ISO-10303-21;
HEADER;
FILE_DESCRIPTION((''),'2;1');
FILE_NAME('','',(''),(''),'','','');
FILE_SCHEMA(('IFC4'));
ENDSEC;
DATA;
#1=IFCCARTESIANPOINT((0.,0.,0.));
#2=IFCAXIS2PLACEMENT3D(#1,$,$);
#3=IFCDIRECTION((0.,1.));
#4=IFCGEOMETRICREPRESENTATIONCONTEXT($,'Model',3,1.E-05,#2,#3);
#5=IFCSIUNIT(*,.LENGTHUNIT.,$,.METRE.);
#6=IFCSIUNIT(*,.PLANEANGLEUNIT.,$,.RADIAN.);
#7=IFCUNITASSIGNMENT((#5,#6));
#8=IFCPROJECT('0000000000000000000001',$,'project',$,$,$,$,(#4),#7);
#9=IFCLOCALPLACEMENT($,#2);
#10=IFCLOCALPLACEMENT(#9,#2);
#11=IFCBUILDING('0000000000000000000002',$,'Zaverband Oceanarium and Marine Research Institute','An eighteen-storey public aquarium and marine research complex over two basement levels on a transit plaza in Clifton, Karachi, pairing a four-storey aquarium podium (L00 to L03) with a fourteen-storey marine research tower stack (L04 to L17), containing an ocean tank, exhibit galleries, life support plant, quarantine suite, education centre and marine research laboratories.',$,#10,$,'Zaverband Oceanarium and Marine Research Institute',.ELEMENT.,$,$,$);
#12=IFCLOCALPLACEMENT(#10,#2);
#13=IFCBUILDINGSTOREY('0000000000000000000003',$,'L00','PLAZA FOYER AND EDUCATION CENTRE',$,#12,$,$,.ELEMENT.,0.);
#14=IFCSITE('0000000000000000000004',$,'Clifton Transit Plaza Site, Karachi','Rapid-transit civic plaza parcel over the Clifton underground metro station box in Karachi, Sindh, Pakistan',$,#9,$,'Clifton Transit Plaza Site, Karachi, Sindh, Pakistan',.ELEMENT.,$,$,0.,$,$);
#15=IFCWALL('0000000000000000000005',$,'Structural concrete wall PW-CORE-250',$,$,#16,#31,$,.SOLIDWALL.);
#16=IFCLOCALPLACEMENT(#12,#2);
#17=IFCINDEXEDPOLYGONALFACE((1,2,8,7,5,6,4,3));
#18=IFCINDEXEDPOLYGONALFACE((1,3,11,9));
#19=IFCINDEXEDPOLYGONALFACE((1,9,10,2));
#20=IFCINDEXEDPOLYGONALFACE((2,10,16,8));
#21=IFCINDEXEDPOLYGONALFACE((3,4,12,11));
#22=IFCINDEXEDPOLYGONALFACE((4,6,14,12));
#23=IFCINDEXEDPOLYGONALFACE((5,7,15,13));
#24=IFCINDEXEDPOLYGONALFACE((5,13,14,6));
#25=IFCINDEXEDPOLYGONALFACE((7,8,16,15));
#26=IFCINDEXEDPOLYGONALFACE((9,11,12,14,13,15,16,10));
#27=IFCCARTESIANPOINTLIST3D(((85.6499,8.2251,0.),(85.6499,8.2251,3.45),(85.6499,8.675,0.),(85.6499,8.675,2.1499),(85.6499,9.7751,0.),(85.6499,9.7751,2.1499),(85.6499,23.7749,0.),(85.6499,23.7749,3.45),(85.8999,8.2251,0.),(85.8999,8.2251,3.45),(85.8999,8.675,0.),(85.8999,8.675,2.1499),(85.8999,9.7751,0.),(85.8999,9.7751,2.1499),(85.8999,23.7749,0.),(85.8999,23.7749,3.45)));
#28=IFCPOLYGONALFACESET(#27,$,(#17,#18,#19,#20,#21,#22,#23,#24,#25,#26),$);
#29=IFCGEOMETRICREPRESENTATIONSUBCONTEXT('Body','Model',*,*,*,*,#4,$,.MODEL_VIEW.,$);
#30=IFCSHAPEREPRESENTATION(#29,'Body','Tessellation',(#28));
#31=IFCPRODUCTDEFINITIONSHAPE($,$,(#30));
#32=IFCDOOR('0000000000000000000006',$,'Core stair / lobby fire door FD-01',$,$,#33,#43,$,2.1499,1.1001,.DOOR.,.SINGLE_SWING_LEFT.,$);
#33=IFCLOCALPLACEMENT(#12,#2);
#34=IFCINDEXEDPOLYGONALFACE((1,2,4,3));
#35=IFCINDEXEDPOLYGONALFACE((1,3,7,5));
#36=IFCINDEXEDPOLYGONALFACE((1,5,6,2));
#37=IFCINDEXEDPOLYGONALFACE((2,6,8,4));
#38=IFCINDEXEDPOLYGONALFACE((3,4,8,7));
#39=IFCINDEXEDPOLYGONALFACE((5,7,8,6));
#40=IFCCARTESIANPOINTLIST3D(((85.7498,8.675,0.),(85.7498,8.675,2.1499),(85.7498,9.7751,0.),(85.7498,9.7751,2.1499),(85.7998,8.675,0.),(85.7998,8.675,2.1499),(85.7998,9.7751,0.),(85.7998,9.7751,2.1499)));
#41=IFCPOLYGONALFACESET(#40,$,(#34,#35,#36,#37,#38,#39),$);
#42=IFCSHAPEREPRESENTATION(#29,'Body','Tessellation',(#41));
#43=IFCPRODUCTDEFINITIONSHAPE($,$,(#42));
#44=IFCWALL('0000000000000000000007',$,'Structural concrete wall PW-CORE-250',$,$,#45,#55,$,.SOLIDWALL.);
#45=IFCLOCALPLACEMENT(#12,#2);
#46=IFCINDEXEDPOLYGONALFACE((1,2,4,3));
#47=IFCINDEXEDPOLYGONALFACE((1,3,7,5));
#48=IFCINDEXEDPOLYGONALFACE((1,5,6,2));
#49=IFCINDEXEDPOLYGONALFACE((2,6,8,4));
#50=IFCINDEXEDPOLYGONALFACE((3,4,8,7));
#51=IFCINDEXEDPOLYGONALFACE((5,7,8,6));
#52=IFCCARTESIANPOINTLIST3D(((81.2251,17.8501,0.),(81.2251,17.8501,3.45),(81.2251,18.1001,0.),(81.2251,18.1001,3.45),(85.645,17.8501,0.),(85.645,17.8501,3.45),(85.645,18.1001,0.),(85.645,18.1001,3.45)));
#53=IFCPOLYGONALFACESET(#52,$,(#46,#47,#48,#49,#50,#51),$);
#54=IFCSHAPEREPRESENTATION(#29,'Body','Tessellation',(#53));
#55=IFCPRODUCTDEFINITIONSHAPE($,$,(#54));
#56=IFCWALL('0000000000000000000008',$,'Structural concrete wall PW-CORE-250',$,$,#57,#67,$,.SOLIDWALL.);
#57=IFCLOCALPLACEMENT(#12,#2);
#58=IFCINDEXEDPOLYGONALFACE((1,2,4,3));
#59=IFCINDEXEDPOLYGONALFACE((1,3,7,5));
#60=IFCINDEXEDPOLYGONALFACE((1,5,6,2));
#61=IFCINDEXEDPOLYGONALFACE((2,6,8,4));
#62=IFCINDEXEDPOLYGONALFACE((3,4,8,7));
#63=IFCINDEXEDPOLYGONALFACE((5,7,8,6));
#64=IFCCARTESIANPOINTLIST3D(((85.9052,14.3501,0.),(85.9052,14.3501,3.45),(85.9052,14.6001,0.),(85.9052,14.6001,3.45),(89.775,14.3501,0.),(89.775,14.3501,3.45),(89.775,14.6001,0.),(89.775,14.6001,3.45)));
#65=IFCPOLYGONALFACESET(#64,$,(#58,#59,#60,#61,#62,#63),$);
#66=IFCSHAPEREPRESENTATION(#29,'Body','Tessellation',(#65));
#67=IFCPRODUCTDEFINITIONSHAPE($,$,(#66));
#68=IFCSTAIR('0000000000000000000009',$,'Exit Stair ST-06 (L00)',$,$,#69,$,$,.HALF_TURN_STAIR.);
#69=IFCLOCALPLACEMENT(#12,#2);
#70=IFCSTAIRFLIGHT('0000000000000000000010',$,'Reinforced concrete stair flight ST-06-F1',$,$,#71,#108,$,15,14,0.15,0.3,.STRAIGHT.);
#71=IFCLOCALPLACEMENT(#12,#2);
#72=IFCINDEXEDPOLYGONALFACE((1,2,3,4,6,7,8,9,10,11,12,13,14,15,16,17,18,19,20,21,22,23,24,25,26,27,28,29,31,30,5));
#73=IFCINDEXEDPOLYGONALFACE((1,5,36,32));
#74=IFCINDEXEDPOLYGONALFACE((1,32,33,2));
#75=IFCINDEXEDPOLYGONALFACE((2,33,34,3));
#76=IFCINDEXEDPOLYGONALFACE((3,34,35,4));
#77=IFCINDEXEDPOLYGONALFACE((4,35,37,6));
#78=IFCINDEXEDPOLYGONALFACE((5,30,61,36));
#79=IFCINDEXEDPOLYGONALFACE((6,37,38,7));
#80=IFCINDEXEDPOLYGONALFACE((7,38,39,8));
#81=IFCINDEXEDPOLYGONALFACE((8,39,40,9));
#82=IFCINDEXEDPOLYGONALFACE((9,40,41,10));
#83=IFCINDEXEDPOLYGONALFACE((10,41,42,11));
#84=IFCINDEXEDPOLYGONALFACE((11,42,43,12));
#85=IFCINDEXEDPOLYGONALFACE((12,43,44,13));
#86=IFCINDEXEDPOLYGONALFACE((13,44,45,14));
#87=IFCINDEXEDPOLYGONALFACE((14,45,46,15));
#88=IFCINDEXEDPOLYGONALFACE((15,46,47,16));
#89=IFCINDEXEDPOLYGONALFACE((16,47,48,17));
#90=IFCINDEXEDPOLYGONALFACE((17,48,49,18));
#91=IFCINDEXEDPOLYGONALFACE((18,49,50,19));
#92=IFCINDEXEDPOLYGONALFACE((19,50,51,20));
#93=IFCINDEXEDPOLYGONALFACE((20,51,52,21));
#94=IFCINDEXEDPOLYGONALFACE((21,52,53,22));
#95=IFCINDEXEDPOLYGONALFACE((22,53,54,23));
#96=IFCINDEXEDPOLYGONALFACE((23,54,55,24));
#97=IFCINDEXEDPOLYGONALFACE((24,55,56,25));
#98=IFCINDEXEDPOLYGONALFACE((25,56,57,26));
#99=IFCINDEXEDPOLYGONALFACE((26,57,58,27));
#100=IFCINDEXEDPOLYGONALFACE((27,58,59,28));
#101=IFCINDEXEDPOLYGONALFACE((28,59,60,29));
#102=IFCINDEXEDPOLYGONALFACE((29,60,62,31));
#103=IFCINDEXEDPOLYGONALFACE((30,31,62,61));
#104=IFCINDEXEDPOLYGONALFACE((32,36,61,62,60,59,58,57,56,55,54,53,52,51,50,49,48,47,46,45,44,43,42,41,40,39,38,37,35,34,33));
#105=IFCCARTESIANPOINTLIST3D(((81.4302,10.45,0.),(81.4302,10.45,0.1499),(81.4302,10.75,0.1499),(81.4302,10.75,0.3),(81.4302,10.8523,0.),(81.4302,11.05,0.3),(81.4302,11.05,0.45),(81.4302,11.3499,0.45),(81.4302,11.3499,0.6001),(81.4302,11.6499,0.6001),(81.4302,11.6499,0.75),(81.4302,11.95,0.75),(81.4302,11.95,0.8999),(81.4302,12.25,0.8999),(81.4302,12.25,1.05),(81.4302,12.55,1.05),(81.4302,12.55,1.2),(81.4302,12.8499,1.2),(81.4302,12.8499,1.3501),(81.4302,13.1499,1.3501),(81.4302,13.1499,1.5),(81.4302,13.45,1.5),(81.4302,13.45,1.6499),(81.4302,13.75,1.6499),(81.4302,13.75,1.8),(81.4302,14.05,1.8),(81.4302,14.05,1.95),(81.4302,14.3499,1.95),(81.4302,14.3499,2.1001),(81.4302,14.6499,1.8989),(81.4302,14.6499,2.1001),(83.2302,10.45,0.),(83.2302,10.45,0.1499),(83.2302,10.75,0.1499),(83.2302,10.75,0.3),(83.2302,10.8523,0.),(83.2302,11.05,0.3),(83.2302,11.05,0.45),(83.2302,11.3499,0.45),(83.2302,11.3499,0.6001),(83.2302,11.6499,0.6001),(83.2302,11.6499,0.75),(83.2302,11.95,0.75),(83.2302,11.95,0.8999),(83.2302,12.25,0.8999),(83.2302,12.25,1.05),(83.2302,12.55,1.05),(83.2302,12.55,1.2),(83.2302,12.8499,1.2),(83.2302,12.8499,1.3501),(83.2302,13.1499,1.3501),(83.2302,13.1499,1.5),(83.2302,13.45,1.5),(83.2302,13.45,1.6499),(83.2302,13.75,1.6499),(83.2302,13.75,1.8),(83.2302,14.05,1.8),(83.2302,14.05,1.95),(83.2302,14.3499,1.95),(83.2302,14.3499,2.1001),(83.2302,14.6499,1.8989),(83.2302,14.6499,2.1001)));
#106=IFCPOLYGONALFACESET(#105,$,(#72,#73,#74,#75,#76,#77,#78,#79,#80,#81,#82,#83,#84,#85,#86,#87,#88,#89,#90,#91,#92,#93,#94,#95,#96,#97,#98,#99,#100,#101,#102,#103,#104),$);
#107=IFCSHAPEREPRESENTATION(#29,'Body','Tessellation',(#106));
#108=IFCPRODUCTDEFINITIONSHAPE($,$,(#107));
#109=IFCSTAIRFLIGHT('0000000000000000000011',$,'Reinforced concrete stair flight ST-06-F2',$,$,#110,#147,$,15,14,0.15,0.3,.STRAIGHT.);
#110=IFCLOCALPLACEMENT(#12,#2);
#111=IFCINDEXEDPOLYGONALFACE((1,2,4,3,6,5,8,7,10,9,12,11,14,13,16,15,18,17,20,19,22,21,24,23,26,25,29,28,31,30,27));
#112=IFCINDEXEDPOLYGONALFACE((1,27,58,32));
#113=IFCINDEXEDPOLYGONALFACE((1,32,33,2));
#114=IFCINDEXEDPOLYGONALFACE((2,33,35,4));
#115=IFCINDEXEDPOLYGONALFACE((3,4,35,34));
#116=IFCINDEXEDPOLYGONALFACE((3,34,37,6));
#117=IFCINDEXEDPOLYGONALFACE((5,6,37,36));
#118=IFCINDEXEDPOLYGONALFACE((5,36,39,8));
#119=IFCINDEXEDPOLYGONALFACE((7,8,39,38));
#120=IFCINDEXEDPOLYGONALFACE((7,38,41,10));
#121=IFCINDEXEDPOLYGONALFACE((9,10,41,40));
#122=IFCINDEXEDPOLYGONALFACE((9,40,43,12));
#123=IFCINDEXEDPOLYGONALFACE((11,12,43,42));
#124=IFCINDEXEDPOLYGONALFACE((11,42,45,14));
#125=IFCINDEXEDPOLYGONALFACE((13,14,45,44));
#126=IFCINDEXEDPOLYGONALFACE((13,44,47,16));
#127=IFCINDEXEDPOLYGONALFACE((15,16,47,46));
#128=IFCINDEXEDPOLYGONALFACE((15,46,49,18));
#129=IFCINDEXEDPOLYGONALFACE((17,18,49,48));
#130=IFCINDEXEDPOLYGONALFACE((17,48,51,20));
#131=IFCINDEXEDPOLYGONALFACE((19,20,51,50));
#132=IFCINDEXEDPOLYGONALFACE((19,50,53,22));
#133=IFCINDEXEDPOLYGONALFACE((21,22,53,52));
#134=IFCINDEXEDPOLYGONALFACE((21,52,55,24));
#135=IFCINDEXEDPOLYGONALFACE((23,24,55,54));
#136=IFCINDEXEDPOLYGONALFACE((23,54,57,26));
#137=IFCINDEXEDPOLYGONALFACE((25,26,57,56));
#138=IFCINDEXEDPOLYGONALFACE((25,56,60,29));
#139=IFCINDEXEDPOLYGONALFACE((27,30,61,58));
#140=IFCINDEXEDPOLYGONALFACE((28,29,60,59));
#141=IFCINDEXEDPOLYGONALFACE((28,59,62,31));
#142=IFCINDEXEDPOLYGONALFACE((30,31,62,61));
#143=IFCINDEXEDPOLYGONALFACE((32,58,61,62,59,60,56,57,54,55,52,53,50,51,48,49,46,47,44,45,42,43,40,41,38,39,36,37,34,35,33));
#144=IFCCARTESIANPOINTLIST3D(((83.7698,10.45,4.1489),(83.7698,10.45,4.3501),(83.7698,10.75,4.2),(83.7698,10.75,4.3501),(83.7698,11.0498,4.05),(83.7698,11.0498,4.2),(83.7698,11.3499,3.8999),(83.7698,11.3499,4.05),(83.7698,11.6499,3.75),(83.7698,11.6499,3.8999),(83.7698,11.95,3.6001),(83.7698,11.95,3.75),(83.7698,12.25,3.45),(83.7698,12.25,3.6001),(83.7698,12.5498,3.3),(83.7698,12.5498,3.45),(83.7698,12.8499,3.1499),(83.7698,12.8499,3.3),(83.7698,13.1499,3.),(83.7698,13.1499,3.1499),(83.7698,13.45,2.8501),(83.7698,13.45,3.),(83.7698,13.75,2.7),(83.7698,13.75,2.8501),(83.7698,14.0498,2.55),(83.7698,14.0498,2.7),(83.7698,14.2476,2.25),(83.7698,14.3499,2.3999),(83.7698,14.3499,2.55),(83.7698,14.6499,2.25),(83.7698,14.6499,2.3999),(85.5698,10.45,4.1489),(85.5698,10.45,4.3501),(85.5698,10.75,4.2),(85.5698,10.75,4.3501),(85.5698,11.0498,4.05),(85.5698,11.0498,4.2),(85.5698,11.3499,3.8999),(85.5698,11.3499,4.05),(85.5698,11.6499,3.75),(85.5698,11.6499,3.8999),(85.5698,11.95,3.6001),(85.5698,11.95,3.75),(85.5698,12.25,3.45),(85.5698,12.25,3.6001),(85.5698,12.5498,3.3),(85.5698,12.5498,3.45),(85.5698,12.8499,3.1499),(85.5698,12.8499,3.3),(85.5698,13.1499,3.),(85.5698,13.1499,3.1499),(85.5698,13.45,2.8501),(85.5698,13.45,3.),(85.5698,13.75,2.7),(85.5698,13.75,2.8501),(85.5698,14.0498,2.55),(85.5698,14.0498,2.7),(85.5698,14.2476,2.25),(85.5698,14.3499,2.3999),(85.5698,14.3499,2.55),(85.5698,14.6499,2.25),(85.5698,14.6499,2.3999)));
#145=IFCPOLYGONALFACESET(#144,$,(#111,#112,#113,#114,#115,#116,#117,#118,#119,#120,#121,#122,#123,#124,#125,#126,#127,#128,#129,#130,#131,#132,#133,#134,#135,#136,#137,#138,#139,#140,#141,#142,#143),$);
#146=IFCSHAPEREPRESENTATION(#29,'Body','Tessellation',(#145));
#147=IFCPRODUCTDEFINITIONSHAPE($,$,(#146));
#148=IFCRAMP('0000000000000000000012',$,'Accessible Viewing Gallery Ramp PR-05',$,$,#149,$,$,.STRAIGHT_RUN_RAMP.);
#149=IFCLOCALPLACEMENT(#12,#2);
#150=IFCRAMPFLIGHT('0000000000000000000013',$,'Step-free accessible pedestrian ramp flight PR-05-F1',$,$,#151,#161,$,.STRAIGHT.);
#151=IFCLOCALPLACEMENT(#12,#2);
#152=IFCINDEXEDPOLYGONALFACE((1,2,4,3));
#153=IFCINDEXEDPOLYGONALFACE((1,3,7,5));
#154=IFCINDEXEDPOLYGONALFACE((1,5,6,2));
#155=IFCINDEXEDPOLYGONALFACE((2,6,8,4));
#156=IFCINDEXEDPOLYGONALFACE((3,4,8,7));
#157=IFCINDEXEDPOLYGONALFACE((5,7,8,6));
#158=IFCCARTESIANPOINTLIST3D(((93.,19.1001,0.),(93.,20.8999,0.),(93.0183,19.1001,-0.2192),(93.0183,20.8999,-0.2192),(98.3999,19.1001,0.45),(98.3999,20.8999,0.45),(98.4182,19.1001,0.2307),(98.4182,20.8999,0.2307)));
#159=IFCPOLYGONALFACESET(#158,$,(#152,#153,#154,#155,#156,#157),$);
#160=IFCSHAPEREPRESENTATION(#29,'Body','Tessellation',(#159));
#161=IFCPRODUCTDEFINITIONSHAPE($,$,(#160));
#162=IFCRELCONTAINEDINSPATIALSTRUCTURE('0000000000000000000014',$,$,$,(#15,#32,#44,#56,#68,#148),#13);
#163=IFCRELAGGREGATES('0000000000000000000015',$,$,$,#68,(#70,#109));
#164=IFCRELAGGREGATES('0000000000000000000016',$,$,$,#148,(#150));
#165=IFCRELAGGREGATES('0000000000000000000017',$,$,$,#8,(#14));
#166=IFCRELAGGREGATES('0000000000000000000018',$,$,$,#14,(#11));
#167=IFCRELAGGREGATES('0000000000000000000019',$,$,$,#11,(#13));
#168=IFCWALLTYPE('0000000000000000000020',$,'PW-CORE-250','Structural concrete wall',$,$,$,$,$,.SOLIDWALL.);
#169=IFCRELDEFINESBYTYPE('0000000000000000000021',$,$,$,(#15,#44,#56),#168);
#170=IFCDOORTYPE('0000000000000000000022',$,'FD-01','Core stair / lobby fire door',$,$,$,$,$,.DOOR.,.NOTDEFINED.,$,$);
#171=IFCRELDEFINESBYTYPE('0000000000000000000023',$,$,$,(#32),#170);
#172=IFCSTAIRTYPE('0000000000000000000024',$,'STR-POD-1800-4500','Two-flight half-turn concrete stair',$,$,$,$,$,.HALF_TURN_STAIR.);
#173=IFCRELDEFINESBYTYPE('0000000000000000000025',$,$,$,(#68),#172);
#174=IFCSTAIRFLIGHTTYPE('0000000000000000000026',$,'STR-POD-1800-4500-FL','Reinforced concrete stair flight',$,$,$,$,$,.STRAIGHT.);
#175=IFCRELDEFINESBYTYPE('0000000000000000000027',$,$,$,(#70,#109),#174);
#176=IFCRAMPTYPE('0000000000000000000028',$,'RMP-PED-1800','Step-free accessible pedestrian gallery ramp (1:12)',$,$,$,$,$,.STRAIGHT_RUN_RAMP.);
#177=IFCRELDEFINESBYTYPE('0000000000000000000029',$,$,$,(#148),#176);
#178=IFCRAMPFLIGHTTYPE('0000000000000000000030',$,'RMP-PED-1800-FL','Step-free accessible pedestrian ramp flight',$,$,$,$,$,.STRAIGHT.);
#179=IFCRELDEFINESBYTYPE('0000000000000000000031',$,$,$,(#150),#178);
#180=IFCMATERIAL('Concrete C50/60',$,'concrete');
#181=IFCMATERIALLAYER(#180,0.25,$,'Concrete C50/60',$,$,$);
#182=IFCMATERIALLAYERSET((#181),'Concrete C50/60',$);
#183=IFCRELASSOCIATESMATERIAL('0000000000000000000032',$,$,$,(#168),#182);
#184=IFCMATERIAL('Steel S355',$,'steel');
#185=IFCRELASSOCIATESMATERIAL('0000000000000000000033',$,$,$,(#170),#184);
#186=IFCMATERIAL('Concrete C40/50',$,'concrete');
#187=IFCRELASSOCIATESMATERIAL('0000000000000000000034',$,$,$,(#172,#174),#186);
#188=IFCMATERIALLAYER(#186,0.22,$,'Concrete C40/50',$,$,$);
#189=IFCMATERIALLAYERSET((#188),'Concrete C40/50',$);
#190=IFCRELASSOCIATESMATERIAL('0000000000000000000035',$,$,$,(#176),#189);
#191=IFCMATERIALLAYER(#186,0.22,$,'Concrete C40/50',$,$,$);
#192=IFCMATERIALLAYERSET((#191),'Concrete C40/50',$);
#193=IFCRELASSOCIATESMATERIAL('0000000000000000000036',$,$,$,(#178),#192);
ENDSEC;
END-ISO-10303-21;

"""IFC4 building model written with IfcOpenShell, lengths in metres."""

from ifc_helpers import new_model, si_unit, direction, frame, frame_2d, origin, place, context, subcontext, project, spatial, polyline, rectangle, outline, extrude, material, layer, layer_set, type_object, element, fill, aggregate, save


model = new_model("IFC4")

# Units and contexts
model_context = context("Model", 3, precision=1e-05, world=origin(), true_north=direction((0.0, 1.0)))
body_context = subcontext(model_context, "Body", "Model", "MODEL_VIEW")
ifc_project = project(units=[si_unit("LENGTHUNIT", "METRE"), si_unit("PLANEANGLEUNIT", "RADIAN")], contexts=[model_context])

# Site, building, storey
site_placement = place(None, origin())
site = spatial("IfcSite", under=ifc_project, at=site_placement, Name="Clifton Transit Plaza Site, Karachi", Description="Rapid-transit civic plaza parcel over the Clifton underground metro station box in Karachi, Sindh, Pakistan", LongName="Clifton Transit Plaza Site, Karachi, Sindh, Pakistan", CompositionType="ELEMENT", RefElevation=0.0)
building_placement = place(site_placement, origin())
building = spatial("IfcBuilding", under=site, at=building_placement, Name="Zaverband Oceanarium and Marine Research Institute", Description="An eighteen-storey public aquarium and marine research complex over two basement levels on a transit plaza in Clifton, Karachi, pairing a four-storey aquarium podium (L00 to L03) with a fourteen-storey marine research tower stack (L04 to L17), containing an ocean tank, exhibit galleries, life support plant, quarantine suite, education centre and marine research laboratories.", LongName="Zaverband Oceanarium and Marine Research Institute", CompositionType="ELEMENT")
storey_placement = place(building_placement, origin())
storey = spatial("IfcBuildingStorey", under=building, at=storey_placement, Name="L00", Description="PLAZA FOYER AND EDUCATION CENTRE", CompositionType="ELEMENT", Elevation=0.0)

# Shared definitions
ifc_material_1 = material(Name="Concrete C50/60", Category="concrete")

# Shared definitions
ifc_material_2 = material(Name="Concrete C40/50", Category="concrete")

# Wall, opening, door
ifc_layer_1 = layer(ifc_material_1, 0.25, Name="Concrete C50/60")
ifc_layer_set_1 = layer_set([ifc_layer_1], Name="Concrete C50/60")
wall_type_1 = type_object("IfcWallType", Name="PW-CORE-250", Description="Structural concrete wall", PredefinedType="SOLIDWALL", material=ifc_layer_set_1)
wall_1_placement = place(storey_placement, frame((85.7749, 8.2251, 0.0), z_axis=(0.0, 0.0, 1.0), x_axis=(0.0, 1.0, 0.0)))
wall_1 = element("IfcWall", 1, at=wall_1_placement, inside=storey, type_object=wall_type_1, Name="Structural concrete wall PW-CORE-250", PredefinedType="SOLIDWALL", context=body_context, shape_type="SweptSolid", body=[
    extrude(rectangle(XDim=15.5498, YDim=0.25, at=frame_2d((7.7749, 0.0))), origin(), (0.0, 0.0, 1.0), 3.45),
])
opening_placement = place(wall_1_placement, frame((0.45, 0.0, 0.0)))
opening = element("IfcOpeningElement", 2, at=opening_placement, cuts=wall_1, PredefinedType="OPENING", context=body_context, shape_type="SweptSolid", body=[
    extrude(rectangle(XDim=1.1001, YDim=2.1499, at=frame_2d((0.55, 1.075))), frame((0.0, 0.137, 0.0), z_axis=(0.0, -1.0, 0.0), x_axis=(1.0, 0.0, 0.0)), (0.0, 0.0, 1.0), 0.2739),
])
ifc_material_3 = material(Name="Steel S355", Category="steel")
door_type = type_object("IfcDoorType", Name="FD-01", Description="Core stair / lobby fire door", OperationType="NOTDEFINED", PredefinedType="DOOR", material=ifc_material_3)
door_placement = place(opening_placement, frame((1.1001, 0.0, 0.0), z_axis=(0.0, 0.0, 1.0), x_axis=(-1.0, 0.0, 0.0)))
door = element("IfcDoor", 3, at=door_placement, inside=storey, type_object=door_type, Name="Core stair / lobby fire door FD-01", OperationType="SINGLE_SWING_LEFT", OverallHeight=2.1499, OverallWidth=1.1001, PredefinedType="DOOR", context=body_context, shape_type="SweptSolid", body=[
    extrude(rectangle(XDim=1.1001, YDim=2.1499, at=frame_2d((0.55, 1.075))), frame((0.0, 0.0249, 0.0), z_axis=(0.0, -1.0, 0.0), x_axis=(1.0, 0.0, 0.0)), (0.0, 0.0, 1.0), 0.05),
])
fill(opening, door)

# Walls
wall_2_placement = place(storey_placement, frame((81.2251, 17.9751, 0.0), z_axis=(0.0, 0.0, 1.0), x_axis=(1.0, 0.0, 0.0)))
element("IfcWall", 4, at=wall_2_placement, inside=storey, type_object=wall_type_1, Name="Structural concrete wall PW-CORE-250", PredefinedType="SOLIDWALL", context=body_context, shape_type="SweptSolid", body=[
    extrude(rectangle(XDim=4.4199, YDim=0.25, at=frame_2d((2.21, 0.0))), origin(), (0.0, 0.0, 1.0), 3.45),
])
wall_3_placement = place(storey_placement, frame((85.905, 14.4751, 0.0), z_axis=(0.0, 0.0, 1.0), x_axis=(1.0, 0.0, 0.0)))
element("IfcWall", 5, at=wall_3_placement, inside=storey, type_object=wall_type_1, Name="Structural concrete wall PW-CORE-250", PredefinedType="SOLIDWALL", context=body_context, shape_type="SweptSolid", body=[
    extrude(rectangle(XDim=3.8699, YDim=0.25, at=frame_2d((1.9351, 0.0))), origin(), (0.0, 0.0, 1.0), 3.45),
])

# Stair, stair flights
stair_type = type_object("IfcStairType", Name="STR-POD-1800-4500", Description="Two-flight half-turn concrete stair", PredefinedType="HALF_TURN_STAIR", material=ifc_material_2)
stair_placement = place(storey_placement, origin())
stair = element("IfcStair", 6, at=stair_placement, inside=storey, type_object=stair_type, Name="Exit Stair ST-06 (L00)", PredefinedType="HALF_TURN_STAIR")
stair_flight_type = type_object("IfcStairFlightType", Name="STR-POD-1800-4500-FL", Description="Reinforced concrete stair flight", PredefinedType="STRAIGHT", material=ifc_material_2)
stair_flight_1_placement = place(storey_placement, frame((82.3301, 10.45, 0.0), z_axis=(0.0, 0.0, 1.0), x_axis=(0.0, 1.0, 0.0)))
stair_flight_1 = element("IfcStairFlight", 7, at=stair_flight_1_placement, type_object=stair_flight_type, Name="Reinforced concrete stair flight ST-06-F1", NumberOfRisers=15, NumberOfTreads=14, PredefinedType="STRAIGHT", RiserHeight=0.15, TreadLength=0.3, context=body_context, shape_type="SweptSolid", body=[
    extrude(outline(polyline([(0.0, 0.0), (0.0, 0.1499), (0.3, 0.1499), (0.3, 0.3), (0.6001, 0.3), (0.6001, 0.45), (0.8999, 0.45), (0.8999, 0.6001), (1.2, 0.6001), (1.2, 0.75), (1.5, 0.75), (1.5, 0.8999), (1.8, 0.8999), (1.8, 1.05), (2.1001, 1.05), (2.1001, 1.2), (2.3999, 1.2), (2.3999, 1.3501), (2.7, 1.3501), (2.7, 1.5), (3.0, 1.5), (3.0, 1.6499), (3.3, 1.6499), (3.3, 1.8), (3.6001, 1.8), (3.6001, 1.95), (3.8999, 1.95), (3.8999, 2.1001), (4.2, 2.1001), (4.2, 2.25), (4.2, 1.8989), (0.4023, 0.0), (0.0, 0.0)])), frame((0.0, 0.8999, 0.0), z_axis=(0.0, -1.0, 0.0), x_axis=(1.0, 0.0, 0.0)), (0.0, 0.0, 1.0), 1.8),
])
stair_flight_2_placement = place(storey_placement, frame((84.6699, 14.6499, 2.25), z_axis=(0.0, 0.0, 1.0), x_axis=(0.0, -1.0, 0.0)))
stair_flight_2 = element("IfcStairFlight", 8, at=stair_flight_2_placement, type_object=stair_flight_type, Name="Reinforced concrete stair flight ST-06-F2", NumberOfRisers=15, NumberOfTreads=14, PredefinedType="STRAIGHT", RiserHeight=0.15, TreadLength=0.3, context=body_context, shape_type="SweptSolid", body=[
    extrude(outline(polyline([(0.0, 0.0), (0.0, 0.1499), (0.3, 0.1499), (0.3, 0.3), (0.6001, 0.3), (0.6001, 0.45), (0.8999, 0.45), (0.8999, 0.6001), (1.2, 0.6001), (1.2, 0.75), (1.5, 0.75), (1.5, 0.8999), (1.8, 0.8999), (1.8, 1.05), (2.1001, 1.05), (2.1001, 1.2), (2.3999, 1.2), (2.3999, 1.3501), (2.7, 1.3501), (2.7, 1.5), (3.0, 1.5), (3.0, 1.6499), (3.3, 1.6499), (3.3, 1.8), (3.6001, 1.8), (3.6001, 1.95), (3.8999, 1.95), (3.8999, 2.1001), (4.2, 2.1001), (4.2, 2.25), (4.2, 1.8989), (0.4023, 0.0), (0.0, 0.0)])), frame((0.0, 0.8999, 0.0), z_axis=(0.0, -1.0, 0.0), x_axis=(1.0, 0.0, 0.0)), (0.0, 0.0, 1.0), 1.8),
])
aggregate(stair, [stair_flight_1, stair_flight_2])

# Ramp, ramp flight
ifc_layer_2 = layer(ifc_material_2, 0.22, Name="Concrete C40/50")
ifc_layer_set_2 = layer_set([ifc_layer_2], Name="Concrete C40/50")
ramp_type = type_object("IfcRampType", Name="RMP-PED-1800", Description="Step-free accessible pedestrian gallery ramp (1:12)", PredefinedType="STRAIGHT_RUN_RAMP", material=ifc_layer_set_2)
ramp_placement = place(storey_placement, origin())
ramp = element("IfcRamp", 9, at=ramp_placement, inside=storey, type_object=ramp_type, Name="Accessible Viewing Gallery Ramp PR-05", PredefinedType="STRAIGHT_RUN_RAMP")
ifc_layer_3 = layer(ifc_material_2, 0.22, Name="Concrete C40/50")
ifc_layer_set_3 = layer_set([ifc_layer_3], Name="Concrete C40/50")
ramp_flight_type = type_object("IfcRampFlightType", Name="RMP-PED-1800-FL", Description="Step-free accessible pedestrian ramp flight", PredefinedType="STRAIGHT", material=ifc_layer_set_3)
ramp_flight_placement = place(storey_placement, frame((93.0, 19.1001, 0.0), z_axis=(-0.083038, 0.0, 0.996546), x_axis=(0.0, 1.0, 0.0)))
ramp_flight = element("IfcRampFlight", 10, at=ramp_flight_placement, type_object=ramp_flight_type, Name="Step-free accessible pedestrian ramp flight PR-05-F1", PredefinedType="STRAIGHT", context=body_context, shape_type="SweptSolid", body=[
    extrude(outline(polyline([(0.0, 0.0), (1.7998, 0.0), (1.7998, -5.4186), (0.0, -5.4186), (0.0, 0.0)])), origin(), (0.0, 0.0, -1.0), 0.22),
])
aggregate(ramp, [ramp_flight])

save(model, "model.ifc")
